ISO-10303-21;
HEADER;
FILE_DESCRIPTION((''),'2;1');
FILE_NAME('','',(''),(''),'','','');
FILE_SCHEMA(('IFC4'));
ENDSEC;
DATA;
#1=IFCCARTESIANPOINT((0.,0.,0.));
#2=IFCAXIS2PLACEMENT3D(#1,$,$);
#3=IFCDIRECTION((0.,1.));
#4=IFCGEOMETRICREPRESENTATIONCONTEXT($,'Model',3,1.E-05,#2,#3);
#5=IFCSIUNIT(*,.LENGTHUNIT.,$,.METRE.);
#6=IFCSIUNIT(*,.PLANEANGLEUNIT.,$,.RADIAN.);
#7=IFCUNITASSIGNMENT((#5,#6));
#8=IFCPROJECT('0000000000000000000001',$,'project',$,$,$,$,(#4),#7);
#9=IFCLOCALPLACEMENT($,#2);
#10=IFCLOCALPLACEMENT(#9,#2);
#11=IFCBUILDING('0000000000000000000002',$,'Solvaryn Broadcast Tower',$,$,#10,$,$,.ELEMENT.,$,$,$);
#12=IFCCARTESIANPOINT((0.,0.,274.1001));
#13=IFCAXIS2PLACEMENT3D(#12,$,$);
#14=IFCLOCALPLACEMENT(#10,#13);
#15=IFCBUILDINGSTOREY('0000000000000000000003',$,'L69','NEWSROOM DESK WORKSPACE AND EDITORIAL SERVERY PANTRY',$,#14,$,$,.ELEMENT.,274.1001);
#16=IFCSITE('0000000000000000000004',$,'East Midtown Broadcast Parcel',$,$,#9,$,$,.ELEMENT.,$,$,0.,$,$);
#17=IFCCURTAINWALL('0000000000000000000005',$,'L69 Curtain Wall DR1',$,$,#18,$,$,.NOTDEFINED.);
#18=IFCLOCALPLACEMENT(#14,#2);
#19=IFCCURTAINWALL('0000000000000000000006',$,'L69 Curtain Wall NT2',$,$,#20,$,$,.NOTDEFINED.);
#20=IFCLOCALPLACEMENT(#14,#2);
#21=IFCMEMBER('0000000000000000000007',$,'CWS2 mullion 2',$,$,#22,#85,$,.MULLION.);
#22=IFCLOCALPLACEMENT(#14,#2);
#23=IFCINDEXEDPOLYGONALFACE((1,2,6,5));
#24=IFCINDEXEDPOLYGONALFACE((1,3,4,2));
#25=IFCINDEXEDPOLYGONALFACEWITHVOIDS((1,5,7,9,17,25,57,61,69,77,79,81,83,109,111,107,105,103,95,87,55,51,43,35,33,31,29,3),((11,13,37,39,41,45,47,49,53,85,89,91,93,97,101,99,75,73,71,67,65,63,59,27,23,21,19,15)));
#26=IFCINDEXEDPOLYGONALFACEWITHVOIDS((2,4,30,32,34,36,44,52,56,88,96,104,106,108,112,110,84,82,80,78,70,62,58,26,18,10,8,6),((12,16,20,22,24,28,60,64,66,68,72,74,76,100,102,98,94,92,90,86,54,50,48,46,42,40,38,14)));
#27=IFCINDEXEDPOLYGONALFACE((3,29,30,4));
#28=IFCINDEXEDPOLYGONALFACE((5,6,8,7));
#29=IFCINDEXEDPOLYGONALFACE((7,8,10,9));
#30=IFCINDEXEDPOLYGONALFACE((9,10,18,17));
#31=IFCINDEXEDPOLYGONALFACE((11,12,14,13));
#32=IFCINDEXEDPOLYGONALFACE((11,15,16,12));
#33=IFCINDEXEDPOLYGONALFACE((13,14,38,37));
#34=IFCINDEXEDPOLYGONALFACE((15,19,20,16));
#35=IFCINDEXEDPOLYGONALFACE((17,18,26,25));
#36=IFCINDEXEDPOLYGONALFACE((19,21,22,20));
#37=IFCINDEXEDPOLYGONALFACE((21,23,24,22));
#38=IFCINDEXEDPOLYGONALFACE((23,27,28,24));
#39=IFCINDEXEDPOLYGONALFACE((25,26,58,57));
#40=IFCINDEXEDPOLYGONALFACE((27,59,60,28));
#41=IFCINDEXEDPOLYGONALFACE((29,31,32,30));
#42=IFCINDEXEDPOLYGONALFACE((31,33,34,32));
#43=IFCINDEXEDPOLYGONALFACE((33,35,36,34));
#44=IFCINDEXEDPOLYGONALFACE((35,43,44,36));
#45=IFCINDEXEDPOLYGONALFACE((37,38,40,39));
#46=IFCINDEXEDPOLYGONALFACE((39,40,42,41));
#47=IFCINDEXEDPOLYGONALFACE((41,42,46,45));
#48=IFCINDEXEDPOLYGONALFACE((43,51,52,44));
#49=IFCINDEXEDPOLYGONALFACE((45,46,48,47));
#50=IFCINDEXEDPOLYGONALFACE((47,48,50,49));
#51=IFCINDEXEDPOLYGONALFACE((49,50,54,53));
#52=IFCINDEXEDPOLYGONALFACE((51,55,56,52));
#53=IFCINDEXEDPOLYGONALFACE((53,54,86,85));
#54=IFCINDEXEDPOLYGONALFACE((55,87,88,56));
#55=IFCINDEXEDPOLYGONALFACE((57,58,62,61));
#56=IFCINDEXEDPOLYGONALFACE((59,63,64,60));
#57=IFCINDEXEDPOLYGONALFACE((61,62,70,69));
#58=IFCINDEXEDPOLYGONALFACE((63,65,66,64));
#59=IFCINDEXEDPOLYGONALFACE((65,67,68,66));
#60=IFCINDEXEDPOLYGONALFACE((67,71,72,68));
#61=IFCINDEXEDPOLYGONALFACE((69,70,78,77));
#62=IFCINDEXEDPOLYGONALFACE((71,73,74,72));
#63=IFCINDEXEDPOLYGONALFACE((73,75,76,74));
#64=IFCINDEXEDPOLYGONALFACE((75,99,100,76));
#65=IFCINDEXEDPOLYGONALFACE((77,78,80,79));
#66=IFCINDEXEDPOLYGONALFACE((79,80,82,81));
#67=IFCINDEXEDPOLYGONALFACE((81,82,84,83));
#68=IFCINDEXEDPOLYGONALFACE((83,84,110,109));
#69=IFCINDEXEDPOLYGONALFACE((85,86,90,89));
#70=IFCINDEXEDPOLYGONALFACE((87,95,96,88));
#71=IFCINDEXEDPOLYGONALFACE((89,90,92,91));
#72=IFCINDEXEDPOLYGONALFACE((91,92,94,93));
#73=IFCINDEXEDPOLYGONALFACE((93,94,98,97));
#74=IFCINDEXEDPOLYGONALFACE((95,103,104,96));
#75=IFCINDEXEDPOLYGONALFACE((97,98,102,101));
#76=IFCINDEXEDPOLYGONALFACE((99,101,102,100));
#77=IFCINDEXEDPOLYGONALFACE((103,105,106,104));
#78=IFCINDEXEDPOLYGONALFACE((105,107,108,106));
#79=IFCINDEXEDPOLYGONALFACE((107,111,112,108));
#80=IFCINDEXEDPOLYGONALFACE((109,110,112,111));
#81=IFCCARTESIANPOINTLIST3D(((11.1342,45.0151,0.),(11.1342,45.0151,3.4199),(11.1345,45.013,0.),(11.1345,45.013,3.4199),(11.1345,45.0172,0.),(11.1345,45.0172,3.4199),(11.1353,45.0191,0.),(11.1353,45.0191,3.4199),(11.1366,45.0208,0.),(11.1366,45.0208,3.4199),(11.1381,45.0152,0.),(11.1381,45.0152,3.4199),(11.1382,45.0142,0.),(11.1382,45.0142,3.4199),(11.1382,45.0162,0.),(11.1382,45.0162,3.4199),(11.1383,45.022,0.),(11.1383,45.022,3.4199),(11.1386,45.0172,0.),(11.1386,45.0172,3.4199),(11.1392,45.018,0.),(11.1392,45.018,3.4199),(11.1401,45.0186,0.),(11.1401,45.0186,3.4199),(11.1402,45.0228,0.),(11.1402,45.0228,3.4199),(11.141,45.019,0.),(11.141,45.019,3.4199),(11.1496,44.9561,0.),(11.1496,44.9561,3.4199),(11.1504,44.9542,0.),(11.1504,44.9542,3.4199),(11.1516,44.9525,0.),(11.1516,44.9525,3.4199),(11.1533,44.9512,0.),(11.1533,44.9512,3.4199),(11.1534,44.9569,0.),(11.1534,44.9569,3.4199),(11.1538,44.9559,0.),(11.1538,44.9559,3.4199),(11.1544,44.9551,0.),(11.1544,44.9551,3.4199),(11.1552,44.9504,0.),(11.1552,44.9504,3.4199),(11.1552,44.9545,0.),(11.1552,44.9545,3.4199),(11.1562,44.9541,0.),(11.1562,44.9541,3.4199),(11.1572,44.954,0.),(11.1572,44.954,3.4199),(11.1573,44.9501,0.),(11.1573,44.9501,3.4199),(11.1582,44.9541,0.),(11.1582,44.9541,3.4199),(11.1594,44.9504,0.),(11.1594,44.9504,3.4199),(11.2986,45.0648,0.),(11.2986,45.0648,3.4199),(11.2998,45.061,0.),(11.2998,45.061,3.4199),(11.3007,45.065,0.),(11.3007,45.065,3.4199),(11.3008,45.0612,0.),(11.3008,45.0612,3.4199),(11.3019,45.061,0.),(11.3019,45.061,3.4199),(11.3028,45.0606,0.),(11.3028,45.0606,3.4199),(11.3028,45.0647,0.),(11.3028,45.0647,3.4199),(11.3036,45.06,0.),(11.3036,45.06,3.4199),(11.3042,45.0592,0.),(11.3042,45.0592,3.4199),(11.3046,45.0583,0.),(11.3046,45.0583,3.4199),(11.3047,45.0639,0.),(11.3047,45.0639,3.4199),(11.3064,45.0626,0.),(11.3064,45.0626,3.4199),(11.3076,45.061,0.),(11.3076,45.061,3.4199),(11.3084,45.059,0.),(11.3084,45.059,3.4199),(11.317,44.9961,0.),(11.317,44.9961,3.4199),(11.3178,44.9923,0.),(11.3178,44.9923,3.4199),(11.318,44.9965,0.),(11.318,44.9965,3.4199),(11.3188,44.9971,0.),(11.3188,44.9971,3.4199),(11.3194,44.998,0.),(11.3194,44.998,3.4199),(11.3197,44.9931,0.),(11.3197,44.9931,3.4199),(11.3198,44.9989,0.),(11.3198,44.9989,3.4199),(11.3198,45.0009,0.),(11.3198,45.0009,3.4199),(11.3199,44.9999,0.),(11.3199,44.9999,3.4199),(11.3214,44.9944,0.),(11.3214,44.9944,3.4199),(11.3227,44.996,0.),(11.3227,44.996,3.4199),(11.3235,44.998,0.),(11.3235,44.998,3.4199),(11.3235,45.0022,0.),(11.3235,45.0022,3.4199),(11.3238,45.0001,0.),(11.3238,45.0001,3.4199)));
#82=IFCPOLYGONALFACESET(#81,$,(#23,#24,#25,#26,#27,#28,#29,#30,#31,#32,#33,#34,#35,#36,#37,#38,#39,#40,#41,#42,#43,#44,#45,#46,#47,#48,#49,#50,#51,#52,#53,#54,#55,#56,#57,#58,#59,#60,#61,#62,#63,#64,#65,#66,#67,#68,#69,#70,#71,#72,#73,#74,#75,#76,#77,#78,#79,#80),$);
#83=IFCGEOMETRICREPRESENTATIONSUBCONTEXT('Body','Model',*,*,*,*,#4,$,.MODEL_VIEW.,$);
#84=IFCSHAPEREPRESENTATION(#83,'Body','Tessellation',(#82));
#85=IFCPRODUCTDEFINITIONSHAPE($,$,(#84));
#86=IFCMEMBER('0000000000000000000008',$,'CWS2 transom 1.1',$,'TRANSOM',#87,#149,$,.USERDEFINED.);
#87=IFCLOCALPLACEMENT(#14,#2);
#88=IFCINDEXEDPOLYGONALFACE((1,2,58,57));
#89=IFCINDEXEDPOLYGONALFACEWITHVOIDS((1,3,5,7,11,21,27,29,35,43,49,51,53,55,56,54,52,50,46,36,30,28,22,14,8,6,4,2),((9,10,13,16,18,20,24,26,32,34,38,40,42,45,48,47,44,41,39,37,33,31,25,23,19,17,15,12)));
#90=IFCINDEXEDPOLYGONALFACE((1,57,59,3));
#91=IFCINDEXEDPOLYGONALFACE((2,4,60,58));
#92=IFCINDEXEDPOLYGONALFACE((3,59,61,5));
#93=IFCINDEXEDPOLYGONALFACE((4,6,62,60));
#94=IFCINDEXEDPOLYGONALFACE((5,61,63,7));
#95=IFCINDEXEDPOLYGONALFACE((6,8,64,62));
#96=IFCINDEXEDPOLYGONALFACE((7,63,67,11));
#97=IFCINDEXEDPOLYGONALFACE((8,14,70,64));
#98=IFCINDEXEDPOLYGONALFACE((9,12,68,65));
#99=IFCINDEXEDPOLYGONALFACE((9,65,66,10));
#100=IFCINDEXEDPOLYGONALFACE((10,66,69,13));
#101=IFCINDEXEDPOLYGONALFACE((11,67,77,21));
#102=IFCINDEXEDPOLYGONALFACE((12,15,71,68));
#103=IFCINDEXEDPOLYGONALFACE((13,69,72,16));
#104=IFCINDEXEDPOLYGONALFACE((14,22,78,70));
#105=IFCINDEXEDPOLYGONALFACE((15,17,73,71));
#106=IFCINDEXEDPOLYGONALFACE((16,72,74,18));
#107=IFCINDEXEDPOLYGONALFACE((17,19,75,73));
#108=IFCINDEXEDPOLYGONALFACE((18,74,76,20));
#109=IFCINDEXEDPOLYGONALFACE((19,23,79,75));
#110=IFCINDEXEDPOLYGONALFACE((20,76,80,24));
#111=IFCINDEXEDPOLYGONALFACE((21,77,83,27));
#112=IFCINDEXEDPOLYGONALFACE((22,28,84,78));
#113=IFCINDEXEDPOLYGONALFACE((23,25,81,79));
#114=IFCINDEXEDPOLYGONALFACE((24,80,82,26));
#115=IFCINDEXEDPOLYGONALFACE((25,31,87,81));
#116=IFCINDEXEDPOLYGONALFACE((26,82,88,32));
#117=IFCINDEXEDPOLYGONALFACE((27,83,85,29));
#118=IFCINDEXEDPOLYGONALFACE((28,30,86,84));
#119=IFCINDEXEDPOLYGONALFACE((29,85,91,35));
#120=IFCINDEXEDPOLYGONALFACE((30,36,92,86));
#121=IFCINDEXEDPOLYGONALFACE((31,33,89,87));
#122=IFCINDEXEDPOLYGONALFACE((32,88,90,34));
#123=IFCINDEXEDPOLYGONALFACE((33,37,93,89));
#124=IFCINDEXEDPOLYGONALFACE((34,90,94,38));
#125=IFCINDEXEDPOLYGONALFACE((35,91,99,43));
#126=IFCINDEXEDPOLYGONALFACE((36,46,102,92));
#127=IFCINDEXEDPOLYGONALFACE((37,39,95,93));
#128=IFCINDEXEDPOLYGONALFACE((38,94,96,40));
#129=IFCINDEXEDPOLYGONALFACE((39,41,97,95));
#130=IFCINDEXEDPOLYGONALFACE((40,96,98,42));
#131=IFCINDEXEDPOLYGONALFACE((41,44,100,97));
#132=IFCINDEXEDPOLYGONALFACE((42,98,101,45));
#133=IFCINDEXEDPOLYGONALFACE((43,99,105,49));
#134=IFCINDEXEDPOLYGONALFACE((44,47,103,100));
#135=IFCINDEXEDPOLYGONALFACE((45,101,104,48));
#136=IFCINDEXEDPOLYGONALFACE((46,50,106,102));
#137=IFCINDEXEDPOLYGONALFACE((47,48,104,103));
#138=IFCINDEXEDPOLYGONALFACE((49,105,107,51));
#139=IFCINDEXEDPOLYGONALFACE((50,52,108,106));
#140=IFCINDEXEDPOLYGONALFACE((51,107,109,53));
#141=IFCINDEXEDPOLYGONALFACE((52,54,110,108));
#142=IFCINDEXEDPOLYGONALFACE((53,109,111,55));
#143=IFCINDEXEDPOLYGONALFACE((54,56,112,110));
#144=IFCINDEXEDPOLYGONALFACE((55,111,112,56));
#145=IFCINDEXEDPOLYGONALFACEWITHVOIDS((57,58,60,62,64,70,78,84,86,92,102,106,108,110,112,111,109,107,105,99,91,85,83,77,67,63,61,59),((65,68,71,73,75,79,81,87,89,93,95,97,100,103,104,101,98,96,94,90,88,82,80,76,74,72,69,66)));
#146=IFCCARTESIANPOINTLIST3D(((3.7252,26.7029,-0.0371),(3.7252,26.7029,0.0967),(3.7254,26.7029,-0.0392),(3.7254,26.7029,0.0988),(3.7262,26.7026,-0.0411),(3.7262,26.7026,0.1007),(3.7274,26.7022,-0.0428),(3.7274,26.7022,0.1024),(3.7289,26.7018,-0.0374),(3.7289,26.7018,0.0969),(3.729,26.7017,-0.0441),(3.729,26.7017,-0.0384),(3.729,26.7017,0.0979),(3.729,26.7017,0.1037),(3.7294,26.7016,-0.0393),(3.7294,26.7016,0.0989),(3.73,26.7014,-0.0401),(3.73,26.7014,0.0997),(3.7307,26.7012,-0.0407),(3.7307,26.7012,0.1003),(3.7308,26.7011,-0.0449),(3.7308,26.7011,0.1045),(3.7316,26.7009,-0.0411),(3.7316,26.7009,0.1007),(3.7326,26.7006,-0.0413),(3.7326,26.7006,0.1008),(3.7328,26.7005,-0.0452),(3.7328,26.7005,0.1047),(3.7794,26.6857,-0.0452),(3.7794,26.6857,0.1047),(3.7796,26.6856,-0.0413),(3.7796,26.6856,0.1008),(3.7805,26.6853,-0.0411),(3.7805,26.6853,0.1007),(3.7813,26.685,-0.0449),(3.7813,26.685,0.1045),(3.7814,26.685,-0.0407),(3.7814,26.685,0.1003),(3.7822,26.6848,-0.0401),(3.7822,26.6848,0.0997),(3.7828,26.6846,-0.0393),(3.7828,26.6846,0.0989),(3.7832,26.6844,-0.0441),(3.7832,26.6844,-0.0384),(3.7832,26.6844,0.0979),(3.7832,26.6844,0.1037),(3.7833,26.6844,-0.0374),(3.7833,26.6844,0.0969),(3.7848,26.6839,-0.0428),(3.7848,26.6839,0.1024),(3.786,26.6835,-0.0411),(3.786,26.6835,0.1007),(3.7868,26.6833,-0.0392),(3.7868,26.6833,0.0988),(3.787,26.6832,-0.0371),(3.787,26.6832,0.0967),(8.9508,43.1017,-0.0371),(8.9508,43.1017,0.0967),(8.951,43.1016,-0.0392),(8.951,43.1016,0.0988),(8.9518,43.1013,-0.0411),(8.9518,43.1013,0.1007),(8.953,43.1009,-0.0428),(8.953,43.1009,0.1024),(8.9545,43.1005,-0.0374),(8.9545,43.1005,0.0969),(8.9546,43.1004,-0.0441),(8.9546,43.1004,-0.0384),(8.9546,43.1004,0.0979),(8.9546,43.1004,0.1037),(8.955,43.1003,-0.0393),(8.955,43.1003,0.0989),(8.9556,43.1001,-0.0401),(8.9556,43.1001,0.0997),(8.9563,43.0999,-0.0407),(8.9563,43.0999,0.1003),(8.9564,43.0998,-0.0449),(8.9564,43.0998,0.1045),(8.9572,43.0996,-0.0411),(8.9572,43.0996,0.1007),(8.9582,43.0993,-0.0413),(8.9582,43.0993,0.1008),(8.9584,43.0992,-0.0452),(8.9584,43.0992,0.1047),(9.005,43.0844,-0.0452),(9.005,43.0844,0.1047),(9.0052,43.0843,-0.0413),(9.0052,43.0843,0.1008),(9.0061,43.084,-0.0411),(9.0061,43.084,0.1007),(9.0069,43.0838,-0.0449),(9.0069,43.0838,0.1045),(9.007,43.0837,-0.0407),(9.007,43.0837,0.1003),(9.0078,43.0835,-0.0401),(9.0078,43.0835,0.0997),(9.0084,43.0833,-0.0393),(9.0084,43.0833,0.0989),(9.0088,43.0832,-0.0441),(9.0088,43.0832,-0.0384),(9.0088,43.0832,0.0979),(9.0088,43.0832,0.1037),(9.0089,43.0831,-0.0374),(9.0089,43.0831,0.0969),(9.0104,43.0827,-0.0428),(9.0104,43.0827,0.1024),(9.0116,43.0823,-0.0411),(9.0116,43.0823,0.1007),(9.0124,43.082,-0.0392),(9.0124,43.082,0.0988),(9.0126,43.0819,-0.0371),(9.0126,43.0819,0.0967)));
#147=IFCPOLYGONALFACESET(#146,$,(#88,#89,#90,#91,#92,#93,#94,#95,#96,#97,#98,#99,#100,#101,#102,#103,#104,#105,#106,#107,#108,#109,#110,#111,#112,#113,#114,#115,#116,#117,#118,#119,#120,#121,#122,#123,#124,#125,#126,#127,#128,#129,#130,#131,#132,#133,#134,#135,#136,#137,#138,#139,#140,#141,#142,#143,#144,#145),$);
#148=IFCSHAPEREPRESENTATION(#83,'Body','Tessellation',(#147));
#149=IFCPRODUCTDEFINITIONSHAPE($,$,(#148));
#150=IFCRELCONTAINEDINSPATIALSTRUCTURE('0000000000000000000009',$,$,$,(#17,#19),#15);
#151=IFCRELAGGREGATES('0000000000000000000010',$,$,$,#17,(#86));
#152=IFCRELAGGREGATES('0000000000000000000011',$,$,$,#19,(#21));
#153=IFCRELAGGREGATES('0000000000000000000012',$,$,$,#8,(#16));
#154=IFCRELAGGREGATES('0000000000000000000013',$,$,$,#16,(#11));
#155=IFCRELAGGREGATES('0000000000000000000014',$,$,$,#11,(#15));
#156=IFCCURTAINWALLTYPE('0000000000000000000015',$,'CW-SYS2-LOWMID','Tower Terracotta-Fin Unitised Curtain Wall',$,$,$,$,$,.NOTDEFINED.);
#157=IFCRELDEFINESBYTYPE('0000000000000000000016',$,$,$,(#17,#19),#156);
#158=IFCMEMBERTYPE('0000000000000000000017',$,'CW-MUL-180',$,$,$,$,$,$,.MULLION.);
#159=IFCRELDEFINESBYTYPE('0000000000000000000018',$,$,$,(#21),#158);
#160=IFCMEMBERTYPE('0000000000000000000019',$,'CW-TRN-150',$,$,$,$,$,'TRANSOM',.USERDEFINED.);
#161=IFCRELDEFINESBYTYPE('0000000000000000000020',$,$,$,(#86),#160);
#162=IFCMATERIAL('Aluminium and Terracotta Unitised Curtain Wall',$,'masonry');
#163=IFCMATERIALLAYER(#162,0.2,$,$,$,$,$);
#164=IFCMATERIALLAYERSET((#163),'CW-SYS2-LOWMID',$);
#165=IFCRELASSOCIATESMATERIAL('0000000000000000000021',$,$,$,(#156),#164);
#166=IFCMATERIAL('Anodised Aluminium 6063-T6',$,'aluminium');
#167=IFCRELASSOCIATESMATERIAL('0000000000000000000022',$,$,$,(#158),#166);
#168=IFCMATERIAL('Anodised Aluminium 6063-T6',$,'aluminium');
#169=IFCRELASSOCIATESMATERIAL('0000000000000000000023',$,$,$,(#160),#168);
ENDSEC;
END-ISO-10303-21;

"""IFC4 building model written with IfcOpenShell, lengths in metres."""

from ifc_helpers import new_model, si_unit, direction, frame, origin, origin_2d, place, context, subcontext, project, spatial, hollow_rectangle, extrude, material, layer, layer_set, material_profile, profile_set, type_object, element, aggregate, save


model = new_model("IFC4")

# Units and contexts
model_context = context("Model", 3, precision=1e-05, world=origin(), true_north=direction((0.0, 1.0)))
body_context = subcontext(model_context, "Body", "Model", "MODEL_VIEW")
ifc_project = project(units=[si_unit("LENGTHUNIT", "METRE"), si_unit("PLANEANGLEUNIT", "RADIAN")], contexts=[model_context])

# Site, building, storey
site_placement = place(None, origin())
site = spatial("IfcSite", under=ifc_project, at=site_placement, Name="East Midtown Broadcast Parcel", CompositionType="ELEMENT", RefElevation=0.0)
building_placement = place(site_placement, origin())
building = spatial("IfcBuilding", under=site, at=building_placement, Name="Solvaryn Broadcast Tower", CompositionType="ELEMENT")
storey_placement = place(building_placement, frame((0.0, 0.0, 274.1001)))
storey = spatial("IfcBuildingStorey", under=building, at=storey_placement, Name="L69", Description="NEWSROOM DESK WORKSPACE AND EDITORIAL SERVERY PANTRY", CompositionType="ELEMENT", Elevation=274.1001)

# Curtain walls, member
ifc_material_1 = material(Name="Aluminium and Terracotta Unitised Curtain Wall", Category="masonry")
ifc_layer_1 = layer(ifc_material_1, 0.2)
ifc_layer_set_1 = layer_set([ifc_layer_1], Name="CW-SYS2-LOWMID")
curtain_wall_type = type_object("IfcCurtainWallType", Name="CW-SYS2-LOWMID", Description="Tower Terracotta-Fin Unitised Curtain Wall", PredefinedType="NOTDEFINED", material=ifc_layer_set_1)
curtain_wall_1_placement = place(storey_placement, origin())
curtain_wall_1 = element("IfcCurtainWall", 1, at=curtain_wall_1_placement, inside=storey, type_object=curtain_wall_type, Name="L69 Curtain Wall DR1", PredefinedType="NOTDEFINED")
ifc_material_2 = material(Name="Anodised Aluminium 6063-T6", Category="aluminium")
ifc_material_profile_1 = material_profile(ifc_material_2, hollow_rectangle(XDim=0.075, YDim=0.1799, WallThickness=0.0039, InnerFilletRadius=0.0039, OuterFilletRadius=0.0081, at=origin_2d()))
ifc_profile_set_1 = profile_set([ifc_material_profile_1], Name="Anodised Aluminium 6063-T6")
member_type_1 = type_object("IfcMemberType", Name="CW-MUL-180", PredefinedType="MULLION", material=ifc_profile_set_1)
curtain_wall_2_placement = place(storey_placement, origin())
curtain_wall_2 = element("IfcCurtainWall", 2, at=curtain_wall_2_placement, inside=storey, type_object=curtain_wall_type, Name="L69 Curtain Wall NT2", PredefinedType="NOTDEFINED")
member_1_placement = place(storey_placement, frame((11.229, 45.0076, 0.0), z_axis=(0.0, 0.0, 1.0), x_axis=(0.255893, -0.966705, 0.0)))
member_1 = element("IfcMember", 3, at=member_1_placement, type_object=member_type_1, Name="CWS2 mullion 2", PredefinedType="MULLION", context=body_context, shape_type="SweptSolid", body=[
    extrude(hollow_rectangle(XDim=0.075, YDim=0.1799, WallThickness=0.0039, InnerFilletRadius=0.0039, OuterFilletRadius=0.0081, at=origin_2d()), origin(), (0.0, 0.0, 1.0), 3.4199),
])

# Member
ifc_material_3 = material(Name="Anodised Aluminium 6063-T6", Category="aluminium")
ifc_material_profile_2 = material_profile(ifc_material_3, hollow_rectangle(XDim=0.0649, YDim=0.1499, WallThickness=0.0039, InnerFilletRadius=0.0039, OuterFilletRadius=0.0081, at=origin_2d()))
ifc_profile_set_2 = profile_set([ifc_material_profile_2], Name="Anodised Aluminium 6063-T6")
member_type_2 = type_object("IfcMemberType", Name="CW-TRN-150", ElementType="TRANSOM", PredefinedType="USERDEFINED", material=ifc_profile_set_2)
member_2_placement = place(storey_placement, frame((8.9817, 43.0918, 0.0298), z_axis=(-0.303616, -0.952794, 0.0), x_axis=(0.952794, -0.303616, 0.0)))
member_2 = element("IfcMember", 4, at=member_2_placement, type_object=member_type_2, Name="CWS2 transom 1.1", ObjectType="TRANSOM", PredefinedType="USERDEFINED", context=body_context, shape_type="SweptSolid", body=[
    extrude(hollow_rectangle(XDim=0.0649, YDim=0.1499, WallThickness=0.0039, InnerFilletRadius=0.0039, OuterFilletRadius=0.0081, at=origin_2d()), origin(), (0.0, 0.0, 1.0), 17.2112),
])

aggregate(curtain_wall_1, [member_2])
aggregate(curtain_wall_2, [member_1])

save(model, "model.ifc")
